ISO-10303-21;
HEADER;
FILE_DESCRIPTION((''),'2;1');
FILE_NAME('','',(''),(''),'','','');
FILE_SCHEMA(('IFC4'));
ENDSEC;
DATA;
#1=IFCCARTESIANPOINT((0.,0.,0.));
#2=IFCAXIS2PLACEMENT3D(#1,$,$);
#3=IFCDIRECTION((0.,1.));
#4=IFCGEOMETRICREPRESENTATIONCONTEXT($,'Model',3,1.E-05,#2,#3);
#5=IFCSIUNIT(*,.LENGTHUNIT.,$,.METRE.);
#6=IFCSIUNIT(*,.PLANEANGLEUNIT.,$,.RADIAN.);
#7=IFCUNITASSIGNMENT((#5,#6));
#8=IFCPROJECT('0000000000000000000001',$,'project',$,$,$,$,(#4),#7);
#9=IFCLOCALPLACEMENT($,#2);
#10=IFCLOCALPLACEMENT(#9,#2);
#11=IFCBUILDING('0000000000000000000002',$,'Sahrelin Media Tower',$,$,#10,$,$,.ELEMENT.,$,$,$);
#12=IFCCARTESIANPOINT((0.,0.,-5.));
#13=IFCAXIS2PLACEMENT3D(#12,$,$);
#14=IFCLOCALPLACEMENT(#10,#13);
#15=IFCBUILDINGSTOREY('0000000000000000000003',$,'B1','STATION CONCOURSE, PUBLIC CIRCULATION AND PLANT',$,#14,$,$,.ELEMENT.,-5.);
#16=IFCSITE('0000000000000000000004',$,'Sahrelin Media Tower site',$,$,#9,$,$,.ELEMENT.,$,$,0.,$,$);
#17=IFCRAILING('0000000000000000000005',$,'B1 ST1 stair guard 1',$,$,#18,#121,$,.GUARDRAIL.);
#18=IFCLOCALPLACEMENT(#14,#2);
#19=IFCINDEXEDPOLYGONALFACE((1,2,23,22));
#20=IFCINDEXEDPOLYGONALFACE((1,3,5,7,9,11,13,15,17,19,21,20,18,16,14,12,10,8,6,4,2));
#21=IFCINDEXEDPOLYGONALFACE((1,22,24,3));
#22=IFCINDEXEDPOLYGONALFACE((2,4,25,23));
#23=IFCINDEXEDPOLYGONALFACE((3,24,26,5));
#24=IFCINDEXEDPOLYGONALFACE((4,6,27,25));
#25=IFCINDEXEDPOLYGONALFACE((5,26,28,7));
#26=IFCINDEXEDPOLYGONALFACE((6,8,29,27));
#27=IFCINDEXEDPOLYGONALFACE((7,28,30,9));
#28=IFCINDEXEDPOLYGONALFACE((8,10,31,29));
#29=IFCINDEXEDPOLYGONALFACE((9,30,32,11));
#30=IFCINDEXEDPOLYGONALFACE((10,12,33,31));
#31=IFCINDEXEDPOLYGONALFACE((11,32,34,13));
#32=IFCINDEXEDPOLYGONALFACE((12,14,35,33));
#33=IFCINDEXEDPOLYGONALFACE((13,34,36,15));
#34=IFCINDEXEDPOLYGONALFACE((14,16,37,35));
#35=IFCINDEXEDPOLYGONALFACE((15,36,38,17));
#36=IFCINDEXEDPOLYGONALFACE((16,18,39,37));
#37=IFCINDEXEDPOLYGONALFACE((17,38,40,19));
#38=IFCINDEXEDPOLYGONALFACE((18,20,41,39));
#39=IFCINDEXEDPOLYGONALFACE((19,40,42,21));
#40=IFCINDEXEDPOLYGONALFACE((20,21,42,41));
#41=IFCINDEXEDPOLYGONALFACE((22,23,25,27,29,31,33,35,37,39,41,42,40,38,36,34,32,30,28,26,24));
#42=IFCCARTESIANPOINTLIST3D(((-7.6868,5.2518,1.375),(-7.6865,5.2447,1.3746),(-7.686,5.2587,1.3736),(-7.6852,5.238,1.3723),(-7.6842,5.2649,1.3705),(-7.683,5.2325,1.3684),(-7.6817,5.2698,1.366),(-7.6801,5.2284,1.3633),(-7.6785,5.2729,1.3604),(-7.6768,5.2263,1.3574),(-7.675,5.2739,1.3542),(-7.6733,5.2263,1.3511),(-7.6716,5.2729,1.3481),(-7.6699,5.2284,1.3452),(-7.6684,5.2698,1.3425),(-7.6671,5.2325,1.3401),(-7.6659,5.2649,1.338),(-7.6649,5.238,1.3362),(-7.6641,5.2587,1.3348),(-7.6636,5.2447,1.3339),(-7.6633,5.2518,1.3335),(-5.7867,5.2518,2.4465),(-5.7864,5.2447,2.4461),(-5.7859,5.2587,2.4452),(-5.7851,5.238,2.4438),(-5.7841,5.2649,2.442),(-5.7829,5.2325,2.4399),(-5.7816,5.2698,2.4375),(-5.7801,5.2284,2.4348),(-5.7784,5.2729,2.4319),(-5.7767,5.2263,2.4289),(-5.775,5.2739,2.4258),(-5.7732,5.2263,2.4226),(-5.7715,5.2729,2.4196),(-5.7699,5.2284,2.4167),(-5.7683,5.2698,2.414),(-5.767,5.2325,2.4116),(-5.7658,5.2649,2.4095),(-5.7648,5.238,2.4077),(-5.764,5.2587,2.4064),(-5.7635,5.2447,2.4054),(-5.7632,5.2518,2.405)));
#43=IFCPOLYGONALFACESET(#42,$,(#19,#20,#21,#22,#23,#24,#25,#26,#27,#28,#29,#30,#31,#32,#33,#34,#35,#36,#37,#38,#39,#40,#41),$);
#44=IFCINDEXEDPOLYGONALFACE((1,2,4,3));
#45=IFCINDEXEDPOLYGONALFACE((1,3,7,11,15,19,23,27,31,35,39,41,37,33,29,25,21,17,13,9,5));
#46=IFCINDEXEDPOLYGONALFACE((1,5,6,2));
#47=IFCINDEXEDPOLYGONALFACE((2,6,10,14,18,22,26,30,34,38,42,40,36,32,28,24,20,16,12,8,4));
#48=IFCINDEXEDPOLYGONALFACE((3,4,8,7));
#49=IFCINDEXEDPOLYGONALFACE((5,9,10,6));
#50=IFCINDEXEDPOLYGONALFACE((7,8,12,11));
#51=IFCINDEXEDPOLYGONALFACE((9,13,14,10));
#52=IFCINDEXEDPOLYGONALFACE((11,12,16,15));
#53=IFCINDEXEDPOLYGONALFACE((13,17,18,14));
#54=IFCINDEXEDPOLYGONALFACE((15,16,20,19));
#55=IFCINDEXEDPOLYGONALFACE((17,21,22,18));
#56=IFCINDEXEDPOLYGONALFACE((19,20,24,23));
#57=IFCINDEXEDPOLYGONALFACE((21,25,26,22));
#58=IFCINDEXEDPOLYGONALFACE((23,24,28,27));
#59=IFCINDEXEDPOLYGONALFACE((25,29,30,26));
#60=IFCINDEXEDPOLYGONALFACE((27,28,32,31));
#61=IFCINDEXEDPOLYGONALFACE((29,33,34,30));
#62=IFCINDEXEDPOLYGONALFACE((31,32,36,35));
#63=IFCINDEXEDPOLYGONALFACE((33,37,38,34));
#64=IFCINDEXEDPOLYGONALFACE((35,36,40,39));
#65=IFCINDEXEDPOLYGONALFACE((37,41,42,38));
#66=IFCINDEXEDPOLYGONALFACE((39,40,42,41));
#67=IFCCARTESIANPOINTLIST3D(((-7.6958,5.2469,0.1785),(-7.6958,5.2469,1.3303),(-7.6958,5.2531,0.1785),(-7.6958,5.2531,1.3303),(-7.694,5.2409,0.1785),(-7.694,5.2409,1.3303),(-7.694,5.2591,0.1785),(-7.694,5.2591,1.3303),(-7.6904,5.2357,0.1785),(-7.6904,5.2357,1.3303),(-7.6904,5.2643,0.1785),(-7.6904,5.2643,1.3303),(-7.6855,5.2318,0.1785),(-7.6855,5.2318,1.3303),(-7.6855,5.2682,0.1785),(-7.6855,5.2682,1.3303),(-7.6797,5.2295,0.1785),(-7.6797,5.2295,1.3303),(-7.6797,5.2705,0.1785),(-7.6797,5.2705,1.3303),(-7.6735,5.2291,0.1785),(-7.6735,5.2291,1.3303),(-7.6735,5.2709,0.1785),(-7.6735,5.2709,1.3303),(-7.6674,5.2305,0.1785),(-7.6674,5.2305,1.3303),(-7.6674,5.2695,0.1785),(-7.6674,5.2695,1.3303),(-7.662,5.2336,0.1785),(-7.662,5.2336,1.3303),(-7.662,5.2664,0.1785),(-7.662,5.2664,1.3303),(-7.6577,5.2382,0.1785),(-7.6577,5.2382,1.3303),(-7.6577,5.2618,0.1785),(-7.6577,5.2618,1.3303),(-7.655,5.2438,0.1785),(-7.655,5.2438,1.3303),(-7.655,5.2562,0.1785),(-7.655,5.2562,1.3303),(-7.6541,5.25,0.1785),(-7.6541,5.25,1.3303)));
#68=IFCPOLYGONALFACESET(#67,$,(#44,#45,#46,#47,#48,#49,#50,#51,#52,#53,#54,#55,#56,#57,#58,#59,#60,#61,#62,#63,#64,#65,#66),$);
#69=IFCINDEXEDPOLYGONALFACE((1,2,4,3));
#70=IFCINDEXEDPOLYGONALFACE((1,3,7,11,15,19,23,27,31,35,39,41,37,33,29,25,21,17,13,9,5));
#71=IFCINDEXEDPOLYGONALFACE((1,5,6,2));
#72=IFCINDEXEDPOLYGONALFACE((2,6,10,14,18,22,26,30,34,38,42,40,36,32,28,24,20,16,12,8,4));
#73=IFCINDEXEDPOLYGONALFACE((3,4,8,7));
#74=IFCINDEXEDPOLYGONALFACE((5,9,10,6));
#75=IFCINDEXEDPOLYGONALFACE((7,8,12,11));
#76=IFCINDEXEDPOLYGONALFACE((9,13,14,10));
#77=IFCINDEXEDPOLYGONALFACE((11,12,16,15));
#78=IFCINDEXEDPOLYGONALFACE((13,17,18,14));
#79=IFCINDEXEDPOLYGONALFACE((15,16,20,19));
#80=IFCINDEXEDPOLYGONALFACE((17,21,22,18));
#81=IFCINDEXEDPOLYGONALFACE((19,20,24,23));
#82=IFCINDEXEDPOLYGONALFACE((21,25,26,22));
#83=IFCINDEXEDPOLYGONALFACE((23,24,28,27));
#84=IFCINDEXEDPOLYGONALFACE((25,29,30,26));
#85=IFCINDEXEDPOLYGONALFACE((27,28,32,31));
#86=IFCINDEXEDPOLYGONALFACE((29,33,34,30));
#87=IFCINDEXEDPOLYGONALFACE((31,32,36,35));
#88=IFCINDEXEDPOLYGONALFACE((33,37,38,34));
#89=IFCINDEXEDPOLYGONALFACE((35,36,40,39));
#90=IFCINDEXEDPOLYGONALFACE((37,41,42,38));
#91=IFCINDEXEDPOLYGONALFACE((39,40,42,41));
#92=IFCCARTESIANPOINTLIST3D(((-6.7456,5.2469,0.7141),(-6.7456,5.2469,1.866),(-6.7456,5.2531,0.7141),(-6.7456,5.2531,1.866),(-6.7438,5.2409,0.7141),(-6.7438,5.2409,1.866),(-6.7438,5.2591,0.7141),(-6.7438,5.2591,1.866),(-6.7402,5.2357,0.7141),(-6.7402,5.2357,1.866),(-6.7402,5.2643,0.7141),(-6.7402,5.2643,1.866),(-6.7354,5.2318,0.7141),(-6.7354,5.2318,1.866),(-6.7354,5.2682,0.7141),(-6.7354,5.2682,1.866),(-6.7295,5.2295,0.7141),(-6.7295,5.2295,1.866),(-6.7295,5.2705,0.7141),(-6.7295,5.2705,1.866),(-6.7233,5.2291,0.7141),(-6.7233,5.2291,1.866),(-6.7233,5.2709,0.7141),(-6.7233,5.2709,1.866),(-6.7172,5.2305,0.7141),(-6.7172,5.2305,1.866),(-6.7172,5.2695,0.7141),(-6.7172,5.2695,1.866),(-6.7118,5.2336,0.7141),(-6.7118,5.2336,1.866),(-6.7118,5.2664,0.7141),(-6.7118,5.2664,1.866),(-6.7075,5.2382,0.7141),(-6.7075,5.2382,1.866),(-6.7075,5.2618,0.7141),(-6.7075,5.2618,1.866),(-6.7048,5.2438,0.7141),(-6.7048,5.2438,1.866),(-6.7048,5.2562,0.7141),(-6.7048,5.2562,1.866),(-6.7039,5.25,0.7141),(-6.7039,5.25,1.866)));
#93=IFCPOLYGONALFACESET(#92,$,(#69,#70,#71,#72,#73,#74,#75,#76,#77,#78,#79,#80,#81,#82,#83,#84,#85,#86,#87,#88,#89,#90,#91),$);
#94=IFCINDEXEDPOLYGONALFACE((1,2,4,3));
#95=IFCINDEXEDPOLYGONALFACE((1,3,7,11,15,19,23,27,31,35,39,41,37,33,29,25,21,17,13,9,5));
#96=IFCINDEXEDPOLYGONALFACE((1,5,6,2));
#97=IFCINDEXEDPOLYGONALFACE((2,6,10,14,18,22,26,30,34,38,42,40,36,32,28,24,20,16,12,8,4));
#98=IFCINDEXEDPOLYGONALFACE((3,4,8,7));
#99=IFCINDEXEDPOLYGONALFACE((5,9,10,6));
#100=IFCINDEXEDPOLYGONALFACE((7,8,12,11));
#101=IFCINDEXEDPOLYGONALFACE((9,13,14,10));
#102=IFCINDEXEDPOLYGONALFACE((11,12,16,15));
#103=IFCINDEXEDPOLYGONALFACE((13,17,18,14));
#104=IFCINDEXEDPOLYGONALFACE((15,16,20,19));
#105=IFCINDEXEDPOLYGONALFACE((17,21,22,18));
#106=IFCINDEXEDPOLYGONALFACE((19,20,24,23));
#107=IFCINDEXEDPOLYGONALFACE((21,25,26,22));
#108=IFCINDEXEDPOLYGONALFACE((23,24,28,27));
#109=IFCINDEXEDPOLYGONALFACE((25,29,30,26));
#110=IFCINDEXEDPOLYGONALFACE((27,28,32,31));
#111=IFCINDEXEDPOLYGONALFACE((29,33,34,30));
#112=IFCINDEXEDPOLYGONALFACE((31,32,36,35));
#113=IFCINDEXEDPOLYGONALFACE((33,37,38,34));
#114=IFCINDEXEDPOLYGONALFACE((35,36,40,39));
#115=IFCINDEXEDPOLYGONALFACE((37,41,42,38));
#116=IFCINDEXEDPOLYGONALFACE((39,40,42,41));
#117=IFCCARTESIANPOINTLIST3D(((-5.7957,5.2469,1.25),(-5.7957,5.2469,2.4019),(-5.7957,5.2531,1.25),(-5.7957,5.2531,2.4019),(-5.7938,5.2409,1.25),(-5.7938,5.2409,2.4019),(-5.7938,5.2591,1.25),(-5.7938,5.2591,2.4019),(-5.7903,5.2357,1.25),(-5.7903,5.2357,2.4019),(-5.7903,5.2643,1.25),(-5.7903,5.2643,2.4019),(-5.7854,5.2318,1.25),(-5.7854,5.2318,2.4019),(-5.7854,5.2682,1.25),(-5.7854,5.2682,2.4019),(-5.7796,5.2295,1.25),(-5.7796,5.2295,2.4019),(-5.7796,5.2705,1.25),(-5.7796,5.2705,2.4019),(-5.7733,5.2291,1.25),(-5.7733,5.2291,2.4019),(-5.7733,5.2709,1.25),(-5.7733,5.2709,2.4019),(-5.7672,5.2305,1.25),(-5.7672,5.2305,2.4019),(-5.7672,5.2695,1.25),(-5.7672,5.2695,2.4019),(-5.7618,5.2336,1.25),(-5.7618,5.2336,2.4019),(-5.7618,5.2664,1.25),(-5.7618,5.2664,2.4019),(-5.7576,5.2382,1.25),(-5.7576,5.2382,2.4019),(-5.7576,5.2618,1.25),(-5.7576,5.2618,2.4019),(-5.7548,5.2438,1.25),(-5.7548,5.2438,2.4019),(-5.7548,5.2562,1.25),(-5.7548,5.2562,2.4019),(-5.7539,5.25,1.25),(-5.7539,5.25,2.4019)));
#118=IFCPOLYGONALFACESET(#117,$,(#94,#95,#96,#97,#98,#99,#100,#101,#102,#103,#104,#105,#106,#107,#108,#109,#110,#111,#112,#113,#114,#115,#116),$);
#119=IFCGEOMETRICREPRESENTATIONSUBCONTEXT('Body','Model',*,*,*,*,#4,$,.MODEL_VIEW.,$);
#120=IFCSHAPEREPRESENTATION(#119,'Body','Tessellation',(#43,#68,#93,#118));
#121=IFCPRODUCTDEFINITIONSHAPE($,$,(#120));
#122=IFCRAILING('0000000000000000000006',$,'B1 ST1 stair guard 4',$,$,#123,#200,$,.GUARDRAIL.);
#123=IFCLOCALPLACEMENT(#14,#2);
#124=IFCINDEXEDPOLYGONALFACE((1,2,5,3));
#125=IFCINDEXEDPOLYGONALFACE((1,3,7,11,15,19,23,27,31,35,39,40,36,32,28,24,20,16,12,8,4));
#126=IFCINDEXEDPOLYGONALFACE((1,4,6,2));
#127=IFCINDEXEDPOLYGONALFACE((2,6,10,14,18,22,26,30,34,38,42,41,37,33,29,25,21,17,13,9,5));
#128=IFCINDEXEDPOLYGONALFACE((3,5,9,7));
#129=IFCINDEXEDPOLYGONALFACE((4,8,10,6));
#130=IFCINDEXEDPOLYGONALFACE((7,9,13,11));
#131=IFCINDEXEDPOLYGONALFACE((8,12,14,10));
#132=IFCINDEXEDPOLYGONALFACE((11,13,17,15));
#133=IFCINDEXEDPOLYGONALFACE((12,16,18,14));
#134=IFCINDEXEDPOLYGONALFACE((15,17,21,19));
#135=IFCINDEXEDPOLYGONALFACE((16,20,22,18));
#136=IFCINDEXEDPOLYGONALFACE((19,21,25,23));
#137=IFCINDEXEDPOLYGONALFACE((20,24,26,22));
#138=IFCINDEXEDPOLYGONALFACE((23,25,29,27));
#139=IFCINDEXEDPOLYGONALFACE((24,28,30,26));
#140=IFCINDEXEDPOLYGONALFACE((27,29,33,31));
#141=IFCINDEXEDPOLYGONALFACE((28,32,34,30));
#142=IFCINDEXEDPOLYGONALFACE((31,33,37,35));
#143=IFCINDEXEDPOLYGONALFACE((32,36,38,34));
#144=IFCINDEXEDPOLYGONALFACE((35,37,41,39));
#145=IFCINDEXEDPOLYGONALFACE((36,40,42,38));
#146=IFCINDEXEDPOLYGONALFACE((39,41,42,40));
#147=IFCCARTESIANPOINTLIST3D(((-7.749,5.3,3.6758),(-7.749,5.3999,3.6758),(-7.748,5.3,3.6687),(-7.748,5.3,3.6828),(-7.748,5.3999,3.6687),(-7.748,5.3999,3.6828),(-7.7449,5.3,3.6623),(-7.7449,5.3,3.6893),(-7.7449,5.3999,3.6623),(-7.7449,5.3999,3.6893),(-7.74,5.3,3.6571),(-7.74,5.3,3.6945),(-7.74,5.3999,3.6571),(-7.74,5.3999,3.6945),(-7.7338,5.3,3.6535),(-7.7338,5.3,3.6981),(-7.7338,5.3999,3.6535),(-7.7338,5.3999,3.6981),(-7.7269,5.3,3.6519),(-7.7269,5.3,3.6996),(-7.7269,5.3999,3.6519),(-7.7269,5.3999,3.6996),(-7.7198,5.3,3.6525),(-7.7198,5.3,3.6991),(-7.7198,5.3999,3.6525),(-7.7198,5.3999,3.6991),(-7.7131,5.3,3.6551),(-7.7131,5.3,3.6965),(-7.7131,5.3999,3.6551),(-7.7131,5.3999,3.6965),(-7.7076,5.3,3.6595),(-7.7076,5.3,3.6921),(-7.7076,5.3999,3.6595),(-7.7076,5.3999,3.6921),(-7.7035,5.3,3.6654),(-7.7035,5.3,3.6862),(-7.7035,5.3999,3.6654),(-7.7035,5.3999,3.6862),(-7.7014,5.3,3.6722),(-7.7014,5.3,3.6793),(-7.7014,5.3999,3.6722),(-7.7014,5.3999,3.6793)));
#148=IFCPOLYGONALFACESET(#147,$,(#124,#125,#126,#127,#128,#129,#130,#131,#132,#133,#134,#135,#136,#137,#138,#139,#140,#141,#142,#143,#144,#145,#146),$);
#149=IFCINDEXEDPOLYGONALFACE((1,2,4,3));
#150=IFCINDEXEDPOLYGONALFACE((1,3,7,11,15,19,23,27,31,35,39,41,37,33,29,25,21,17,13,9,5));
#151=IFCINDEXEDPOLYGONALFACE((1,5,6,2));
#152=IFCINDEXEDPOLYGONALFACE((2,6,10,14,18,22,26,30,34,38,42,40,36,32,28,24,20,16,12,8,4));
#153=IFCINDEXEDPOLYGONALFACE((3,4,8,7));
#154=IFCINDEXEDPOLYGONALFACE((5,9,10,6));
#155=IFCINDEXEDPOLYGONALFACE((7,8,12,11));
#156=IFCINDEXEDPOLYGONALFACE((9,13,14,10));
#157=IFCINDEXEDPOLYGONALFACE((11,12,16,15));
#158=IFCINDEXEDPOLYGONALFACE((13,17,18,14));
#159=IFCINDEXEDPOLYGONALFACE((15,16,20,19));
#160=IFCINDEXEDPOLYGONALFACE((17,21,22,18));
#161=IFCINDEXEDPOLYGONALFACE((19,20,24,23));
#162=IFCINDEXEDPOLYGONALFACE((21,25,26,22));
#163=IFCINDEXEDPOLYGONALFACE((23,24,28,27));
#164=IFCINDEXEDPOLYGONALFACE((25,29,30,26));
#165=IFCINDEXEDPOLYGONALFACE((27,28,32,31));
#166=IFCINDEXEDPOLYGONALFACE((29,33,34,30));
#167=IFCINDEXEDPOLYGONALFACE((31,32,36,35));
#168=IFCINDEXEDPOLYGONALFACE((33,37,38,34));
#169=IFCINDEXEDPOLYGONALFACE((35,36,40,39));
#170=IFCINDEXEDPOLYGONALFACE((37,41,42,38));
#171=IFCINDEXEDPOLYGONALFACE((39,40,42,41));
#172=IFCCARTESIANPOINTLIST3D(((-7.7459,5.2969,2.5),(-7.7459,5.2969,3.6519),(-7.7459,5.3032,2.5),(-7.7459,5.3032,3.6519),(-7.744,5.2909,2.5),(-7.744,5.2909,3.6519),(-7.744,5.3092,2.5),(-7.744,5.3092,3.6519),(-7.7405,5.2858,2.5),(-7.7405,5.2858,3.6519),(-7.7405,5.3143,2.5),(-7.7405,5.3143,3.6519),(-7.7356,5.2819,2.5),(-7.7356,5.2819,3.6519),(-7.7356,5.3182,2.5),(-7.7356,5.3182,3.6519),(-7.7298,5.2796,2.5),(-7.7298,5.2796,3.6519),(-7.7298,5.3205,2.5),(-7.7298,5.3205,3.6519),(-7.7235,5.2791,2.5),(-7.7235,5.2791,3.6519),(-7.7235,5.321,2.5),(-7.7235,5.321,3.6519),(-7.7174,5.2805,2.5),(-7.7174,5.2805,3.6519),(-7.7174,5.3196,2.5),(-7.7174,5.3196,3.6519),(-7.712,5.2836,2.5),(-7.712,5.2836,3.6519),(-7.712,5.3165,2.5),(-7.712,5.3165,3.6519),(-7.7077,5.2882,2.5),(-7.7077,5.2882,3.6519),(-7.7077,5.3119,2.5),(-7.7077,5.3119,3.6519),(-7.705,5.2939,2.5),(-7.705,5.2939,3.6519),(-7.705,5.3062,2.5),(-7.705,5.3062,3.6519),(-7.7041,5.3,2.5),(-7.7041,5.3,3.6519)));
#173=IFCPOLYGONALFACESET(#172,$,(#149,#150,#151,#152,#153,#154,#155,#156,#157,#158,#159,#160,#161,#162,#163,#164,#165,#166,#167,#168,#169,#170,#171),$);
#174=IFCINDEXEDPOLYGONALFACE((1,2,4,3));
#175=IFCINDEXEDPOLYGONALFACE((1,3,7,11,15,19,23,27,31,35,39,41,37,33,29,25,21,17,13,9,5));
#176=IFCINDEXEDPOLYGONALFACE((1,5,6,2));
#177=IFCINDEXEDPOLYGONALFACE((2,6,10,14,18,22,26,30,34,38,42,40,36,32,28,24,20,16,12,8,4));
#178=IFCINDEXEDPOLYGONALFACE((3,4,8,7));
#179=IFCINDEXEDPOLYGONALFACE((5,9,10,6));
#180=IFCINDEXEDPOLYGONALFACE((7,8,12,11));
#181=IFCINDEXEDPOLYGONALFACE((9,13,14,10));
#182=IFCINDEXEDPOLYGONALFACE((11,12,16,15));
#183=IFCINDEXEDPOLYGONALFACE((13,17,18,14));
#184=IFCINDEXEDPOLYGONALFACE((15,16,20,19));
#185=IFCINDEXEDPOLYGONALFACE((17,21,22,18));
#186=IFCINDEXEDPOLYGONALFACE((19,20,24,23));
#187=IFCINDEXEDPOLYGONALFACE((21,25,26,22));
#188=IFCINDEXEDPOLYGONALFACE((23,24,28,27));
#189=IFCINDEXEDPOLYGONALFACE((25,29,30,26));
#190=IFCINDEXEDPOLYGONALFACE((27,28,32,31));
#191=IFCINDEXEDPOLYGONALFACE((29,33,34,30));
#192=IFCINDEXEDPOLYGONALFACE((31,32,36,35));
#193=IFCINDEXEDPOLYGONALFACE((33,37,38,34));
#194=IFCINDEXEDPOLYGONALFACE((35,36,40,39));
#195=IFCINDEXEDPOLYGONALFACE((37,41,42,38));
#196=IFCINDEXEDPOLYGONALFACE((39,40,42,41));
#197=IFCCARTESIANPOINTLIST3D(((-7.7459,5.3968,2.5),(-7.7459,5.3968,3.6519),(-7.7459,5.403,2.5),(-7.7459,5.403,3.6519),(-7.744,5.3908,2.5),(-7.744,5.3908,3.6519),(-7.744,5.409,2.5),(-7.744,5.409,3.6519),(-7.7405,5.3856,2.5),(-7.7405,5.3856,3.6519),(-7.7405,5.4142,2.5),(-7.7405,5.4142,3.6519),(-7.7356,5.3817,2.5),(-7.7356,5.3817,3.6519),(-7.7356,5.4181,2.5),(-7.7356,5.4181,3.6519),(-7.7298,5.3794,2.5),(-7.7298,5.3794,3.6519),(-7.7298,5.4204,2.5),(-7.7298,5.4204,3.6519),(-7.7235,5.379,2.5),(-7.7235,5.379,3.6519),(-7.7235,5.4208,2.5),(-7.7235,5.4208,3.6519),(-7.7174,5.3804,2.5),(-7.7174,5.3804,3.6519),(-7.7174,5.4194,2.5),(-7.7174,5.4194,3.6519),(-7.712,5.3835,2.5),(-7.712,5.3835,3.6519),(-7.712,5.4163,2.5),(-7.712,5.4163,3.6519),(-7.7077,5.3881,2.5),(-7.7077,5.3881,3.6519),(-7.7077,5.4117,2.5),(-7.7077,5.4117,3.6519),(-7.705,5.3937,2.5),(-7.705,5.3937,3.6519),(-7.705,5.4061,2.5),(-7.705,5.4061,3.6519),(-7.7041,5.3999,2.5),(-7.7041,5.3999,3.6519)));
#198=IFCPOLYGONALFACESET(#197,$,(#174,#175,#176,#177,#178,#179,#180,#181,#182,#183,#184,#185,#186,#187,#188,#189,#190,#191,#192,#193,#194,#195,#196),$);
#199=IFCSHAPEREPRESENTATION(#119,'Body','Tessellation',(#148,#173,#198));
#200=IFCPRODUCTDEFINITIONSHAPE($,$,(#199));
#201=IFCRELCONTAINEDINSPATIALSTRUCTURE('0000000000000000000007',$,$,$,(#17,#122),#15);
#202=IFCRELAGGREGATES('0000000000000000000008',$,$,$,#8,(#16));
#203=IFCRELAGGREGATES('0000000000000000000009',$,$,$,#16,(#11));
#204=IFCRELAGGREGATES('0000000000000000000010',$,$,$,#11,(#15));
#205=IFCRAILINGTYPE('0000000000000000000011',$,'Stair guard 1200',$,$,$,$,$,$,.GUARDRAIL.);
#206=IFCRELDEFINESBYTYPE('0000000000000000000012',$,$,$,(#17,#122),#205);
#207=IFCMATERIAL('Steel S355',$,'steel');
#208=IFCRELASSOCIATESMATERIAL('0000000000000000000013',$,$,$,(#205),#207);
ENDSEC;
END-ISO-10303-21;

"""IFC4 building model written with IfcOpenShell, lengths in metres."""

from ifc_helpers import new_model, si_unit, direction, frame, origin, origin_2d, place, context, subcontext, project, spatial, circle, extrude, material, type_object, element, save


model = new_model("IFC4")

# Units and contexts
model_context = context("Model", 3, precision=1e-05, world=origin(), true_north=direction((0.0, 1.0)))
body_context = subcontext(model_context, "Body", "Model", "MODEL_VIEW")
ifc_project = project(units=[si_unit("LENGTHUNIT", "METRE"), si_unit("PLANEANGLEUNIT", "RADIAN")], contexts=[model_context])

# Site, building, storey
site_placement = place(None, origin())
site = spatial("IfcSite", under=ifc_project, at=site_placement, Name="Sahrelin Media Tower site", CompositionType="ELEMENT", RefElevation=0.0)
building_placement = place(site_placement, origin())
building = spatial("IfcBuilding", under=site, at=building_placement, Name="Sahrelin Media Tower", CompositionType="ELEMENT")
storey_placement = place(building_placement, frame((0.0, 0.0, -5.0)))
storey = spatial("IfcBuildingStorey", under=building, at=storey_placement, Name="B1", Description="STATION CONCOURSE, PUBLIC CIRCULATION AND PLANT", CompositionType="ELEMENT", Elevation=-5.0)

# Railings
ifc_material_1 = material(Name="Steel S355", Category="steel")
railing_type_1 = type_object("IfcRailingType", Name="Stair guard 1200", PredefinedType="GUARDRAIL", material=ifc_material_1)
railing_1_placement = place(storey_placement, frame((-7.675, 5.25, 0.1785)))
element("IfcRailing", 1, at=railing_1_placement, inside=storey, type_object=railing_type_1, Name="B1 ST1 stair guard 1", PredefinedType="GUARDRAIL", context=body_context, shape_type="SweptSolid", body=[
    extrude(circle(Radius=0.0239, at=origin_2d()), frame((0.0, 0.0, 1.1758), z_axis=(0.871046, 0.0, 0.491201), x_axis=(0.0, 1.0, 0.0)), (0.0, 0.0, 1.0), 2.1814),
    extrude(circle(Radius=0.021, at=origin_2d()), origin(), (0.0, 0.0, 1.0), 1.1519),
    extrude(circle(Radius=0.021, at=origin_2d()), frame((0.9502, 0.0, 0.5356)), (0.0, 0.0, 1.0), 1.1519),
    extrude(circle(Radius=0.021, at=origin_2d()), frame((1.9001, 0.0, 1.0715)), (0.0, 0.0, 1.0), 1.1519),
])
railing_2_placement = place(storey_placement, frame((-7.7251, 5.3, 2.5)))
element("IfcRailing", 2, at=railing_2_placement, inside=storey, type_object=railing_type_1, Name="B1 ST1 stair guard 4", PredefinedType="GUARDRAIL", context=body_context, shape_type="SweptSolid", body=[
    extrude(circle(Radius=0.0239, at=origin_2d()), frame((0.0, 0.0, 1.1758), z_axis=(0.0, 1.0, 0.0), x_axis=(-1.0, 0.0, 0.0)), (0.0, 0.0, 1.0), 0.0999),
    extrude(circle(Radius=0.021, at=origin_2d()), origin(), (0.0, 0.0, 1.0), 1.1519),
    extrude(circle(Radius=0.021, at=origin_2d()), frame((0.0, 0.0999, 0.0)), (0.0, 0.0, 1.0), 1.1519),
])

save(model, "model.ifc")
